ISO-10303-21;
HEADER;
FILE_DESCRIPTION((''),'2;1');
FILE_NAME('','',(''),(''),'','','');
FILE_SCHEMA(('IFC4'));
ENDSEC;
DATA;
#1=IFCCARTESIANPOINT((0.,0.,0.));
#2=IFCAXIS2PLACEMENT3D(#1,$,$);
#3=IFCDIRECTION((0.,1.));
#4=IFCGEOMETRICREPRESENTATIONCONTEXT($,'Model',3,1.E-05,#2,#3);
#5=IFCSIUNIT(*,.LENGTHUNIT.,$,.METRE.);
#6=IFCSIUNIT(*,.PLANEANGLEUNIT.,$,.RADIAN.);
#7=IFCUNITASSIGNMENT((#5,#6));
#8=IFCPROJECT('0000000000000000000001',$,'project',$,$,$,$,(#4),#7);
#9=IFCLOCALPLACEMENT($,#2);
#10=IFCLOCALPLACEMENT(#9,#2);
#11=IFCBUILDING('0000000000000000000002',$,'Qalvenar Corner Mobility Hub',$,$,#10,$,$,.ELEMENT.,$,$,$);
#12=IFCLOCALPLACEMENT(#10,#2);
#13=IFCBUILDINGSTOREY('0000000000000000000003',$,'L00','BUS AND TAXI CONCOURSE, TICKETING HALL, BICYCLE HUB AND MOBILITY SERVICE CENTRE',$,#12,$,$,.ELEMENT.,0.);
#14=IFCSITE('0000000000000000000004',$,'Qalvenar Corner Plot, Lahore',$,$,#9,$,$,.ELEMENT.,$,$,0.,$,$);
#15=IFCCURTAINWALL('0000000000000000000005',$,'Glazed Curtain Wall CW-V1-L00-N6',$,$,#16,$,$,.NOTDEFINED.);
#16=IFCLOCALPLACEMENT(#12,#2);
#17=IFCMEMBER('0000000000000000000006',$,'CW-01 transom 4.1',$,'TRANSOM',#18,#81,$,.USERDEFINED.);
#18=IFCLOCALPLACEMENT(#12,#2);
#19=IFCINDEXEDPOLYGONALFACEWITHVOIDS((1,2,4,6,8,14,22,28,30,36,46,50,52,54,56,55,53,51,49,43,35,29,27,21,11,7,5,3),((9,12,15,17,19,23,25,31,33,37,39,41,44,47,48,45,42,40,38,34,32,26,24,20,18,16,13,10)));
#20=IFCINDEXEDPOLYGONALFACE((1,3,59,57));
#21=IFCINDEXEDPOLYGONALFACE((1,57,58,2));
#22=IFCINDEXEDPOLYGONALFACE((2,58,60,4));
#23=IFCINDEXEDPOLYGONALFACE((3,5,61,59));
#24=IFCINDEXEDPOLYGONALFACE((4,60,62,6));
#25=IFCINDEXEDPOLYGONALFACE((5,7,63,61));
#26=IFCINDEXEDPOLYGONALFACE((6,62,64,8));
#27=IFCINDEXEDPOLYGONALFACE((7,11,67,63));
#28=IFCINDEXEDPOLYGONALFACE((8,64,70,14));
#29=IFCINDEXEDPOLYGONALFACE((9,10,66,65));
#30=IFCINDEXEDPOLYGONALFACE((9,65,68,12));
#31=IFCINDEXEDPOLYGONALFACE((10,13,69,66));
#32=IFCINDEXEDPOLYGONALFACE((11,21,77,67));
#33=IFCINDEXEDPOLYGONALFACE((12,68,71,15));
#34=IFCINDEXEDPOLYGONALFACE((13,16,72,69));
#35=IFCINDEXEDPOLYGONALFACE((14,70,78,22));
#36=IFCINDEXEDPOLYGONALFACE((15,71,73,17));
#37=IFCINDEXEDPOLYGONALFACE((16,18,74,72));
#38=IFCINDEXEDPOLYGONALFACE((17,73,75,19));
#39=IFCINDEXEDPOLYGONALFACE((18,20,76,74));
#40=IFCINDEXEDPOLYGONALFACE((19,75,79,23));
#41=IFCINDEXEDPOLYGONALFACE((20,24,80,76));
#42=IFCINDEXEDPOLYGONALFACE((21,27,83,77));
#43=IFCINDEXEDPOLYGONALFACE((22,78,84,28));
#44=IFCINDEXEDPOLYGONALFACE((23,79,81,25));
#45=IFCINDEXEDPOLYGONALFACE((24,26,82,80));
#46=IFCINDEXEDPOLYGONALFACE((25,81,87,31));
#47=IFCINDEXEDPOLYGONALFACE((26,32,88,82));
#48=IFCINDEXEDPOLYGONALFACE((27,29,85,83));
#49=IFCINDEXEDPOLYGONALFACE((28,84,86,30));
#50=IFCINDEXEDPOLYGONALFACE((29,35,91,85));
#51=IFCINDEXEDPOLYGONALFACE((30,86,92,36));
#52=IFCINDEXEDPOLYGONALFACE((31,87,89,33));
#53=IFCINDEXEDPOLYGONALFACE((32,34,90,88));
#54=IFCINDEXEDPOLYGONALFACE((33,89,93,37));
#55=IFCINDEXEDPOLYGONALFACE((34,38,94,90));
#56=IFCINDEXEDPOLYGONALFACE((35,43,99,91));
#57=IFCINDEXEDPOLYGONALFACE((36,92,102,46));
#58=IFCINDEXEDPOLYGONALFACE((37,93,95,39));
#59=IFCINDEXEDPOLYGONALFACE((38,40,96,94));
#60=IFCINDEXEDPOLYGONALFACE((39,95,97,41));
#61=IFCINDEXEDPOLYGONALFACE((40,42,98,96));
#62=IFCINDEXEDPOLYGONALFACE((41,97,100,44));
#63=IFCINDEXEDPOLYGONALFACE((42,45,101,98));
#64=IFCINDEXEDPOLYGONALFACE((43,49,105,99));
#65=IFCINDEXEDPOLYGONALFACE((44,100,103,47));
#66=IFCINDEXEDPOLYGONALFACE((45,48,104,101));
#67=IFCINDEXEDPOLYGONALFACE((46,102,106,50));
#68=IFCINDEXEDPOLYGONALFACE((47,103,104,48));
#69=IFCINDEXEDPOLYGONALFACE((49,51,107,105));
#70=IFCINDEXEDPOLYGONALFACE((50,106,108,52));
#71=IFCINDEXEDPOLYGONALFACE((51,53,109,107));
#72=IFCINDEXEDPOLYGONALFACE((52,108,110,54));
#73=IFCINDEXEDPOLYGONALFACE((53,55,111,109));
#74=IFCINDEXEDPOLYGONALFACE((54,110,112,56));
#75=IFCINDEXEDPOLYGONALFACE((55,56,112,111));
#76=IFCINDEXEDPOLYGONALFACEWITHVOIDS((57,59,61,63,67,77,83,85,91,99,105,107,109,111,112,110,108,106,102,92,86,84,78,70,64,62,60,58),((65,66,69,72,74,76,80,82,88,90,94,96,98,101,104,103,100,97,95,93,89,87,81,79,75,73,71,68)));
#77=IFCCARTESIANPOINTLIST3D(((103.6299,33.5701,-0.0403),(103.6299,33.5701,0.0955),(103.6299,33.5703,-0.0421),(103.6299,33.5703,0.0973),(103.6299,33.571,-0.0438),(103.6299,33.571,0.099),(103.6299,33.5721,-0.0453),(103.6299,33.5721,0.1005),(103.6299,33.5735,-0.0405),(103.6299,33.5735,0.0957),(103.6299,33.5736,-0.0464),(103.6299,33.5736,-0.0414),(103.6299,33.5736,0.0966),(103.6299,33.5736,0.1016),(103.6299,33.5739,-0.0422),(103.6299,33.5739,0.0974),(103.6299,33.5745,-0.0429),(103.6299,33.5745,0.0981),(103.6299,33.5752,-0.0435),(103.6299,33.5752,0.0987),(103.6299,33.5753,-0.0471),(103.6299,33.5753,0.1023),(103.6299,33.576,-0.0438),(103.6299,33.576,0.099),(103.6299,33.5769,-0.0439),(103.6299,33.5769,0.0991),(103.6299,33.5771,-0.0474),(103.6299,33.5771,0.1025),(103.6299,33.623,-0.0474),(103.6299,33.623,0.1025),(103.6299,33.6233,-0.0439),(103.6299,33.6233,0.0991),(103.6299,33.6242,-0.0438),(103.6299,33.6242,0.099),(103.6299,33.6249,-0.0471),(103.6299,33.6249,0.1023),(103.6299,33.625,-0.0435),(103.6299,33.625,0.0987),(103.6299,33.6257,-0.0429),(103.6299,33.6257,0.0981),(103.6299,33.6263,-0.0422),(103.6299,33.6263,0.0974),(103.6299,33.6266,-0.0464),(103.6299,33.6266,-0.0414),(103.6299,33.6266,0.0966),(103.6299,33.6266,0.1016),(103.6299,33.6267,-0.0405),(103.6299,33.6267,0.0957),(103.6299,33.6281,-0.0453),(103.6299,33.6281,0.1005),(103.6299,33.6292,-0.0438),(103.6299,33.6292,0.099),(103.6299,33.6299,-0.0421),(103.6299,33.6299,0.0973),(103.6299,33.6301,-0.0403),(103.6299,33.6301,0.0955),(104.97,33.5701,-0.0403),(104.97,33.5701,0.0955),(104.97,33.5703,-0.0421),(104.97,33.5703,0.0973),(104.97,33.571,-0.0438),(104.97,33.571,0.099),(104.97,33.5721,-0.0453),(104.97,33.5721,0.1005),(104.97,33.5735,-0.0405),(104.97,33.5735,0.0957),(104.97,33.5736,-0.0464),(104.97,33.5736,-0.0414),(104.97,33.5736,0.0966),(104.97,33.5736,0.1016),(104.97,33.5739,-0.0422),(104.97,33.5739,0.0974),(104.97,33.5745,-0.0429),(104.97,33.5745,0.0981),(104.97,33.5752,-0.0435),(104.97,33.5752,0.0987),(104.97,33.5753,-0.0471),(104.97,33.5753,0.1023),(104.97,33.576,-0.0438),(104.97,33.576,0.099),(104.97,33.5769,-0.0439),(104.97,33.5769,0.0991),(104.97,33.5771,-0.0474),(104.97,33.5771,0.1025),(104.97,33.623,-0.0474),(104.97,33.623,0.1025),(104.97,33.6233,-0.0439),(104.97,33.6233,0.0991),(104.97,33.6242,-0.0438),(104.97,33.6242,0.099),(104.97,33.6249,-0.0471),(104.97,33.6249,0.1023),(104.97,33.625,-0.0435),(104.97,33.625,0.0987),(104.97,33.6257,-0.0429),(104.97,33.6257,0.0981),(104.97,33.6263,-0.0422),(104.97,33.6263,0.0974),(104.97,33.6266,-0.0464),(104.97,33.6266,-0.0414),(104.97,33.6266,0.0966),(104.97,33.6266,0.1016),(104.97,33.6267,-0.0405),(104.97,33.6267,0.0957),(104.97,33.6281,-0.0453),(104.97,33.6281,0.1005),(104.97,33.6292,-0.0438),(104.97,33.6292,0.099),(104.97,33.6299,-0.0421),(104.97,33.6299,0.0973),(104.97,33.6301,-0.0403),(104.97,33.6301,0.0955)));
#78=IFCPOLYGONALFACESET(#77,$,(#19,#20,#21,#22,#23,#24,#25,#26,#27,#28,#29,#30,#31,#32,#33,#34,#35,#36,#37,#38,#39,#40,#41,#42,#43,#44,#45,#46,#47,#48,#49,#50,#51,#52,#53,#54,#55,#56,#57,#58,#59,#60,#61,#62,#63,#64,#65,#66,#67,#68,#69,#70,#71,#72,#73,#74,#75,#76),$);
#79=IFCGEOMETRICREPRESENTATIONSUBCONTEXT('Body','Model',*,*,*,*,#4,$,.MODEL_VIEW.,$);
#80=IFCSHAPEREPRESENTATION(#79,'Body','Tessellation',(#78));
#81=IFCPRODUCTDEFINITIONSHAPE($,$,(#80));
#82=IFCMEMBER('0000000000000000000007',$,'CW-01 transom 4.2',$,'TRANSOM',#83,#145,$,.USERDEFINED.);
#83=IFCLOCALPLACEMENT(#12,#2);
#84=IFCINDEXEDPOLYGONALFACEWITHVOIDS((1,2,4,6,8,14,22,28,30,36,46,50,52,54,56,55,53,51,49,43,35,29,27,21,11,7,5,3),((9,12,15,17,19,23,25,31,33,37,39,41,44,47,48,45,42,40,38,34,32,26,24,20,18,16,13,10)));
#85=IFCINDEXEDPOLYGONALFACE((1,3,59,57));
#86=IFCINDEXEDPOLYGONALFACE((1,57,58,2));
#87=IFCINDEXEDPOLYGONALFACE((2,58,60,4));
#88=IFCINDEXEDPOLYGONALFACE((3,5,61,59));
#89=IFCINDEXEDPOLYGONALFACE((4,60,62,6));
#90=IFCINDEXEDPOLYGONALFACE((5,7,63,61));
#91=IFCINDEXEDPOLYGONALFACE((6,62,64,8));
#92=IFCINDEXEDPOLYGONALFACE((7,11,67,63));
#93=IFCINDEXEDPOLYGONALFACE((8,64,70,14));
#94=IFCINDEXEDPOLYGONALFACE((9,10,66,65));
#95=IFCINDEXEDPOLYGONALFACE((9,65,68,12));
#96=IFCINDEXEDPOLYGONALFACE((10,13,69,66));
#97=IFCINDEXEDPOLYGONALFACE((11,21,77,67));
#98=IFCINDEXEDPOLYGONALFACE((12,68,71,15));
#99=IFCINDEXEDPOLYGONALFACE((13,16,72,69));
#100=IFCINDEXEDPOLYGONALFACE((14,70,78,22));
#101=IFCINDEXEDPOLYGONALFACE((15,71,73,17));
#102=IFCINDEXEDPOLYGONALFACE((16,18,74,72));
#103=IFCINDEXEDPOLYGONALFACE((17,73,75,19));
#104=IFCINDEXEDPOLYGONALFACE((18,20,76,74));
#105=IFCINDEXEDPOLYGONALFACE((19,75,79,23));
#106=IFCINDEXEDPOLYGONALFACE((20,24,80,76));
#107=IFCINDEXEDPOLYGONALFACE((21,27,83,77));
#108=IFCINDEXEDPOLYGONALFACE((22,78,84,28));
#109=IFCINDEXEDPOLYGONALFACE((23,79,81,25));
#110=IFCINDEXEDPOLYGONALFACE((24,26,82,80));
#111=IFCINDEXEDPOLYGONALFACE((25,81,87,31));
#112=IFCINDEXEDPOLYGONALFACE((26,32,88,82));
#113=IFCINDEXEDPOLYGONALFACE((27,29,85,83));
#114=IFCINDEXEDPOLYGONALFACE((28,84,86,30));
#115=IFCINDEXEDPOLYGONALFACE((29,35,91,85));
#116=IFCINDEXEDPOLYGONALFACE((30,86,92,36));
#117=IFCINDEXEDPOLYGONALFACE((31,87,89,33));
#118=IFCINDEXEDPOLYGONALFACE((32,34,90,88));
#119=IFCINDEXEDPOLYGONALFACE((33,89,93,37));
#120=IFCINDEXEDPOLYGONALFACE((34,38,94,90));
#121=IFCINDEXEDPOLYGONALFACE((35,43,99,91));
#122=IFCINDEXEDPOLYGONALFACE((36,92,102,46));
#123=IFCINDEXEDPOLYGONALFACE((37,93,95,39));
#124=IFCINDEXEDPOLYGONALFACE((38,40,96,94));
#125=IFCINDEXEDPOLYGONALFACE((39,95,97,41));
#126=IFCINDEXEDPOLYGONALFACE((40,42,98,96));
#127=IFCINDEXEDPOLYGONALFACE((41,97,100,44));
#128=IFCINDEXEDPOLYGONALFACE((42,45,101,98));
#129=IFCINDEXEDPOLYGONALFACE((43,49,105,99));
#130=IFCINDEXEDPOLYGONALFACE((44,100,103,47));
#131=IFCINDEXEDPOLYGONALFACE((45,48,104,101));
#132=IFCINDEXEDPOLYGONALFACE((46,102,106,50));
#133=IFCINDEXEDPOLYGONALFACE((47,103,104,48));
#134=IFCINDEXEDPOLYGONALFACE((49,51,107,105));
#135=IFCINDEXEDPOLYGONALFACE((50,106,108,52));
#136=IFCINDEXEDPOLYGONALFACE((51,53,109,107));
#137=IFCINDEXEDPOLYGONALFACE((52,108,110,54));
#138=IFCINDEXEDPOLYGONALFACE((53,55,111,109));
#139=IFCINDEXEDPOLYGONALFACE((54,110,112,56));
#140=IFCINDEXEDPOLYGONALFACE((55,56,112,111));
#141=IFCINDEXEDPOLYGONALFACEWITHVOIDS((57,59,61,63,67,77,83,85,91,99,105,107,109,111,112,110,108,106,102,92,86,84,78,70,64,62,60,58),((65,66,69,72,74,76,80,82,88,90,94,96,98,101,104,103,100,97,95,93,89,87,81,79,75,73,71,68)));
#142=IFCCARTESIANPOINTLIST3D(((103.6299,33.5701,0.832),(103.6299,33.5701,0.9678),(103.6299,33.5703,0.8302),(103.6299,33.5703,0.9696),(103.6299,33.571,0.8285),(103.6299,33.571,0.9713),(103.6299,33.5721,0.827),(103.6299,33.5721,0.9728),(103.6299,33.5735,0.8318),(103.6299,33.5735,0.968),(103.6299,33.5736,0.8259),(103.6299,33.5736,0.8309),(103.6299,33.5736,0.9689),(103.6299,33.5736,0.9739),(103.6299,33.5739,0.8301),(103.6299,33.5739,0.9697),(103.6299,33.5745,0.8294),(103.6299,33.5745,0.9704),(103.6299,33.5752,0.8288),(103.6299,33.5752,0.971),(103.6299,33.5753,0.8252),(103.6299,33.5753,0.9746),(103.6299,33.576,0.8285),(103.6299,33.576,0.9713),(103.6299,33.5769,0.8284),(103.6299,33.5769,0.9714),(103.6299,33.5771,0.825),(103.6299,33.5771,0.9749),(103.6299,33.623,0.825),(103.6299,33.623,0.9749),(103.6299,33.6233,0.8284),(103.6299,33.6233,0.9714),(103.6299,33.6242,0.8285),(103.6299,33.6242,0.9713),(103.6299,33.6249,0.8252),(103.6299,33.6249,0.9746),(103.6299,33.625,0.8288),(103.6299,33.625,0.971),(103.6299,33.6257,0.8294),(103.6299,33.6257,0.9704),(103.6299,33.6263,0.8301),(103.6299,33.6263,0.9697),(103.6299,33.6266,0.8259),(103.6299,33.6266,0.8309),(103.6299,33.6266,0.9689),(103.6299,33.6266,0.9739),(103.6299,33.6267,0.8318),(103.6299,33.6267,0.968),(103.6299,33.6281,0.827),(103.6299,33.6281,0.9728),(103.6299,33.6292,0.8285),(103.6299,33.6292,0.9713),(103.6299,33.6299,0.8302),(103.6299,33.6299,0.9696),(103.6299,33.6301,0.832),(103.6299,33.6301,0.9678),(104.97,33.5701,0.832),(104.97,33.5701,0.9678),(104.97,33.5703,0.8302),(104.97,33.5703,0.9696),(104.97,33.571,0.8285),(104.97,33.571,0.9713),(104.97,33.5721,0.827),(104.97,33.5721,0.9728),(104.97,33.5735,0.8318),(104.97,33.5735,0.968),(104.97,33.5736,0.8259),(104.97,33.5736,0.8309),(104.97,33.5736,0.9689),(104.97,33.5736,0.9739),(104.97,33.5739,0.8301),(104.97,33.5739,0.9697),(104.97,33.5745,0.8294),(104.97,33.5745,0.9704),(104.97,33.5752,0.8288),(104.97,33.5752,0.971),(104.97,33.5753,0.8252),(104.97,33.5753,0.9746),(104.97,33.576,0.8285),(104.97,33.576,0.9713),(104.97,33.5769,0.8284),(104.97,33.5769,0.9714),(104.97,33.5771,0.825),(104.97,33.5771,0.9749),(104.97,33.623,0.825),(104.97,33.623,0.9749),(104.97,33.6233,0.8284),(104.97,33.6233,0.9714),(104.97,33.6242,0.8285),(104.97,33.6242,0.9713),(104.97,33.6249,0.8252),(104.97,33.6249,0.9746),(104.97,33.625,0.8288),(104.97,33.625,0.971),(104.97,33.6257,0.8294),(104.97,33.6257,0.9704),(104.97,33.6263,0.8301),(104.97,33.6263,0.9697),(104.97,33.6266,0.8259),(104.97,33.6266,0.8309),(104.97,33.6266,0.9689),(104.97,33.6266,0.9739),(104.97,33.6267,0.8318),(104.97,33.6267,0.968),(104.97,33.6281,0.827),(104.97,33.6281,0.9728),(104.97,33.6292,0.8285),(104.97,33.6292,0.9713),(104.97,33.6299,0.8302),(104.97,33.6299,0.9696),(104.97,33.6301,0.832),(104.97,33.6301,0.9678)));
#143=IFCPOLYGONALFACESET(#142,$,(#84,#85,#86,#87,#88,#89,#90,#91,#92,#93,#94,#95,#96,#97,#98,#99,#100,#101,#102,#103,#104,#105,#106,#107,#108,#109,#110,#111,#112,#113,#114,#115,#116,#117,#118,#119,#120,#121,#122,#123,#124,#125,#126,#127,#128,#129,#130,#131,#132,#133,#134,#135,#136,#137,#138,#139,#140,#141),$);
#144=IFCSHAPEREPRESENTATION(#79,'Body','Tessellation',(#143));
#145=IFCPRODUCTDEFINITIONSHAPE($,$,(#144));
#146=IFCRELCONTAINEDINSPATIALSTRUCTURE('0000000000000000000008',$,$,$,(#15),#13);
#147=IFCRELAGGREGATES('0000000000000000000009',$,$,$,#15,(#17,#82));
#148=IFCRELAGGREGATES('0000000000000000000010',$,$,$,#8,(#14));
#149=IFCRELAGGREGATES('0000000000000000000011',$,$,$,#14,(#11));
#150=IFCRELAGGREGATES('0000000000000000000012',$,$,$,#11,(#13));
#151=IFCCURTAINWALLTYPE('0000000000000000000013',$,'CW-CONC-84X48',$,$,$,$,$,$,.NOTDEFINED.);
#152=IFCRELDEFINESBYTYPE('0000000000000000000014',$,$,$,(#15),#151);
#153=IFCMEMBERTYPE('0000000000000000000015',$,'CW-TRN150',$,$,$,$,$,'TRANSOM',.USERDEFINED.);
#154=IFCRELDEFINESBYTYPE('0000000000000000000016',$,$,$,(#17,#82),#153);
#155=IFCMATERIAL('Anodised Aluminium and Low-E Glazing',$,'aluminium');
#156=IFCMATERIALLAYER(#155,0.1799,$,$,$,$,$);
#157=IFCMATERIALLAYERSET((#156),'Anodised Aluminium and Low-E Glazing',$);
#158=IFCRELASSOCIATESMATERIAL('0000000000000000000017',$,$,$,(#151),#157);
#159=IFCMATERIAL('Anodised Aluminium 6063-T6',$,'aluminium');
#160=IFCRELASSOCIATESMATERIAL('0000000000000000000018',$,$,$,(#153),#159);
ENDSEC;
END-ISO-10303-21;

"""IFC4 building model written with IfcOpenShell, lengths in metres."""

from ifc_helpers import new_model, si_unit, direction, frame, origin, origin_2d, place, context, subcontext, project, spatial, hollow_rectangle, extrude, material, layer, layer_set, material_profile, profile_set, type_object, element, aggregate, save


model = new_model("IFC4")

# Units and contexts
model_context = context("Model", 3, precision=1e-05, world=origin(), true_north=direction((0.0, 1.0)))
body_context = subcontext(model_context, "Body", "Model", "MODEL_VIEW")
ifc_project = project(units=[si_unit("LENGTHUNIT", "METRE"), si_unit("PLANEANGLEUNIT", "RADIAN")], contexts=[model_context])

# Site, building, storey
site_placement = place(None, origin())
site = spatial("IfcSite", under=ifc_project, at=site_placement, Name="Qalvenar Corner Plot, Lahore", CompositionType="ELEMENT", RefElevation=0.0)
building_placement = place(site_placement, origin())
building = spatial("IfcBuilding", under=site, at=building_placement, Name="Qalvenar Corner Mobility Hub", CompositionType="ELEMENT")
storey_placement = place(building_placement, origin())
storey = spatial("IfcBuildingStorey", under=building, at=storey_placement, Name="L00", Description="BUS AND TAXI CONCOURSE, TICKETING HALL, BICYCLE HUB AND MOBILITY SERVICE CENTRE", CompositionType="ELEMENT", Elevation=0.0)

# Curtain wall, members
ifc_material_1 = material(Name="Anodised Aluminium and Low-E Glazing", Category="aluminium")
ifc_layer_1 = layer(ifc_material_1, 0.1799)
ifc_layer_set_1 = layer_set([ifc_layer_1], Name="Anodised Aluminium and Low-E Glazing")
curtain_wall_type = type_object("IfcCurtainWallType", Name="CW-CONC-84X48", PredefinedType="NOTDEFINED", material=ifc_layer_set_1)
curtain_wall_placement = place(storey_placement, origin())
curtain_wall = element("IfcCurtainWall", 1, at=curtain_wall_placement, inside=storey, type_object=curtain_wall_type, Name="Glazed Curtain Wall CW-V1-L00-N6", PredefinedType="NOTDEFINED")
ifc_material_2 = material(Name="Anodised Aluminium 6063-T6", Category="aluminium")
ifc_material_profile_1 = material_profile(ifc_material_2, hollow_rectangle(XDim=0.0601, YDim=0.1499, WallThickness=0.0034, InnerFilletRadius=0.0034, OuterFilletRadius=0.0071, at=origin_2d()), Name="RHS150x60x3.5")
ifc_profile_set_1 = profile_set([ifc_material_profile_1], Name="Anodised Aluminium 6063-T6")
member_type_1 = type_object("IfcMemberType", Name="CW-TRN150", ElementType="TRANSOM", PredefinedType="USERDEFINED", material=ifc_profile_set_1)
member_1_placement = place(storey_placement, frame((104.97, 33.6001, 0.0276), z_axis=(-1.0, 0.0, 0.0), x_axis=(0.0, -1.0, 0.0)))
member_1 = element("IfcMember", 2, at=member_1_placement, type_object=member_type_1, Name="CW-01 transom 4.1", ObjectType="TRANSOM", PredefinedType="USERDEFINED", context=body_context, shape_type="SweptSolid", body=[
    extrude(hollow_rectangle(XDim=0.0601, YDim=0.1499, WallThickness=0.0034, InnerFilletRadius=0.0034, OuterFilletRadius=0.0071, at=origin_2d()), origin(), (0.0, 0.0, 1.0), 1.3401),
])
member_2_placement = place(storey_placement, frame((104.97, 33.6001, 0.8999), z_axis=(-1.0, 0.0, 0.0), x_axis=(0.0, -1.0, 0.0)))
member_2 = element("IfcMember", 3, at=member_2_placement, type_object=member_type_1, Name="CW-01 transom 4.2", ObjectType="TRANSOM", PredefinedType="USERDEFINED", context=body_context, shape_type="SweptSolid", body=[
    extrude(hollow_rectangle(XDim=0.0601, YDim=0.1499, WallThickness=0.0034, InnerFilletRadius=0.0034, OuterFilletRadius=0.0071, at=origin_2d()), origin(), (0.0, 0.0, 1.0), 1.3401),
])
aggregate(curtain_wall, [member_1, member_2])

save(model, "model.ifc")
